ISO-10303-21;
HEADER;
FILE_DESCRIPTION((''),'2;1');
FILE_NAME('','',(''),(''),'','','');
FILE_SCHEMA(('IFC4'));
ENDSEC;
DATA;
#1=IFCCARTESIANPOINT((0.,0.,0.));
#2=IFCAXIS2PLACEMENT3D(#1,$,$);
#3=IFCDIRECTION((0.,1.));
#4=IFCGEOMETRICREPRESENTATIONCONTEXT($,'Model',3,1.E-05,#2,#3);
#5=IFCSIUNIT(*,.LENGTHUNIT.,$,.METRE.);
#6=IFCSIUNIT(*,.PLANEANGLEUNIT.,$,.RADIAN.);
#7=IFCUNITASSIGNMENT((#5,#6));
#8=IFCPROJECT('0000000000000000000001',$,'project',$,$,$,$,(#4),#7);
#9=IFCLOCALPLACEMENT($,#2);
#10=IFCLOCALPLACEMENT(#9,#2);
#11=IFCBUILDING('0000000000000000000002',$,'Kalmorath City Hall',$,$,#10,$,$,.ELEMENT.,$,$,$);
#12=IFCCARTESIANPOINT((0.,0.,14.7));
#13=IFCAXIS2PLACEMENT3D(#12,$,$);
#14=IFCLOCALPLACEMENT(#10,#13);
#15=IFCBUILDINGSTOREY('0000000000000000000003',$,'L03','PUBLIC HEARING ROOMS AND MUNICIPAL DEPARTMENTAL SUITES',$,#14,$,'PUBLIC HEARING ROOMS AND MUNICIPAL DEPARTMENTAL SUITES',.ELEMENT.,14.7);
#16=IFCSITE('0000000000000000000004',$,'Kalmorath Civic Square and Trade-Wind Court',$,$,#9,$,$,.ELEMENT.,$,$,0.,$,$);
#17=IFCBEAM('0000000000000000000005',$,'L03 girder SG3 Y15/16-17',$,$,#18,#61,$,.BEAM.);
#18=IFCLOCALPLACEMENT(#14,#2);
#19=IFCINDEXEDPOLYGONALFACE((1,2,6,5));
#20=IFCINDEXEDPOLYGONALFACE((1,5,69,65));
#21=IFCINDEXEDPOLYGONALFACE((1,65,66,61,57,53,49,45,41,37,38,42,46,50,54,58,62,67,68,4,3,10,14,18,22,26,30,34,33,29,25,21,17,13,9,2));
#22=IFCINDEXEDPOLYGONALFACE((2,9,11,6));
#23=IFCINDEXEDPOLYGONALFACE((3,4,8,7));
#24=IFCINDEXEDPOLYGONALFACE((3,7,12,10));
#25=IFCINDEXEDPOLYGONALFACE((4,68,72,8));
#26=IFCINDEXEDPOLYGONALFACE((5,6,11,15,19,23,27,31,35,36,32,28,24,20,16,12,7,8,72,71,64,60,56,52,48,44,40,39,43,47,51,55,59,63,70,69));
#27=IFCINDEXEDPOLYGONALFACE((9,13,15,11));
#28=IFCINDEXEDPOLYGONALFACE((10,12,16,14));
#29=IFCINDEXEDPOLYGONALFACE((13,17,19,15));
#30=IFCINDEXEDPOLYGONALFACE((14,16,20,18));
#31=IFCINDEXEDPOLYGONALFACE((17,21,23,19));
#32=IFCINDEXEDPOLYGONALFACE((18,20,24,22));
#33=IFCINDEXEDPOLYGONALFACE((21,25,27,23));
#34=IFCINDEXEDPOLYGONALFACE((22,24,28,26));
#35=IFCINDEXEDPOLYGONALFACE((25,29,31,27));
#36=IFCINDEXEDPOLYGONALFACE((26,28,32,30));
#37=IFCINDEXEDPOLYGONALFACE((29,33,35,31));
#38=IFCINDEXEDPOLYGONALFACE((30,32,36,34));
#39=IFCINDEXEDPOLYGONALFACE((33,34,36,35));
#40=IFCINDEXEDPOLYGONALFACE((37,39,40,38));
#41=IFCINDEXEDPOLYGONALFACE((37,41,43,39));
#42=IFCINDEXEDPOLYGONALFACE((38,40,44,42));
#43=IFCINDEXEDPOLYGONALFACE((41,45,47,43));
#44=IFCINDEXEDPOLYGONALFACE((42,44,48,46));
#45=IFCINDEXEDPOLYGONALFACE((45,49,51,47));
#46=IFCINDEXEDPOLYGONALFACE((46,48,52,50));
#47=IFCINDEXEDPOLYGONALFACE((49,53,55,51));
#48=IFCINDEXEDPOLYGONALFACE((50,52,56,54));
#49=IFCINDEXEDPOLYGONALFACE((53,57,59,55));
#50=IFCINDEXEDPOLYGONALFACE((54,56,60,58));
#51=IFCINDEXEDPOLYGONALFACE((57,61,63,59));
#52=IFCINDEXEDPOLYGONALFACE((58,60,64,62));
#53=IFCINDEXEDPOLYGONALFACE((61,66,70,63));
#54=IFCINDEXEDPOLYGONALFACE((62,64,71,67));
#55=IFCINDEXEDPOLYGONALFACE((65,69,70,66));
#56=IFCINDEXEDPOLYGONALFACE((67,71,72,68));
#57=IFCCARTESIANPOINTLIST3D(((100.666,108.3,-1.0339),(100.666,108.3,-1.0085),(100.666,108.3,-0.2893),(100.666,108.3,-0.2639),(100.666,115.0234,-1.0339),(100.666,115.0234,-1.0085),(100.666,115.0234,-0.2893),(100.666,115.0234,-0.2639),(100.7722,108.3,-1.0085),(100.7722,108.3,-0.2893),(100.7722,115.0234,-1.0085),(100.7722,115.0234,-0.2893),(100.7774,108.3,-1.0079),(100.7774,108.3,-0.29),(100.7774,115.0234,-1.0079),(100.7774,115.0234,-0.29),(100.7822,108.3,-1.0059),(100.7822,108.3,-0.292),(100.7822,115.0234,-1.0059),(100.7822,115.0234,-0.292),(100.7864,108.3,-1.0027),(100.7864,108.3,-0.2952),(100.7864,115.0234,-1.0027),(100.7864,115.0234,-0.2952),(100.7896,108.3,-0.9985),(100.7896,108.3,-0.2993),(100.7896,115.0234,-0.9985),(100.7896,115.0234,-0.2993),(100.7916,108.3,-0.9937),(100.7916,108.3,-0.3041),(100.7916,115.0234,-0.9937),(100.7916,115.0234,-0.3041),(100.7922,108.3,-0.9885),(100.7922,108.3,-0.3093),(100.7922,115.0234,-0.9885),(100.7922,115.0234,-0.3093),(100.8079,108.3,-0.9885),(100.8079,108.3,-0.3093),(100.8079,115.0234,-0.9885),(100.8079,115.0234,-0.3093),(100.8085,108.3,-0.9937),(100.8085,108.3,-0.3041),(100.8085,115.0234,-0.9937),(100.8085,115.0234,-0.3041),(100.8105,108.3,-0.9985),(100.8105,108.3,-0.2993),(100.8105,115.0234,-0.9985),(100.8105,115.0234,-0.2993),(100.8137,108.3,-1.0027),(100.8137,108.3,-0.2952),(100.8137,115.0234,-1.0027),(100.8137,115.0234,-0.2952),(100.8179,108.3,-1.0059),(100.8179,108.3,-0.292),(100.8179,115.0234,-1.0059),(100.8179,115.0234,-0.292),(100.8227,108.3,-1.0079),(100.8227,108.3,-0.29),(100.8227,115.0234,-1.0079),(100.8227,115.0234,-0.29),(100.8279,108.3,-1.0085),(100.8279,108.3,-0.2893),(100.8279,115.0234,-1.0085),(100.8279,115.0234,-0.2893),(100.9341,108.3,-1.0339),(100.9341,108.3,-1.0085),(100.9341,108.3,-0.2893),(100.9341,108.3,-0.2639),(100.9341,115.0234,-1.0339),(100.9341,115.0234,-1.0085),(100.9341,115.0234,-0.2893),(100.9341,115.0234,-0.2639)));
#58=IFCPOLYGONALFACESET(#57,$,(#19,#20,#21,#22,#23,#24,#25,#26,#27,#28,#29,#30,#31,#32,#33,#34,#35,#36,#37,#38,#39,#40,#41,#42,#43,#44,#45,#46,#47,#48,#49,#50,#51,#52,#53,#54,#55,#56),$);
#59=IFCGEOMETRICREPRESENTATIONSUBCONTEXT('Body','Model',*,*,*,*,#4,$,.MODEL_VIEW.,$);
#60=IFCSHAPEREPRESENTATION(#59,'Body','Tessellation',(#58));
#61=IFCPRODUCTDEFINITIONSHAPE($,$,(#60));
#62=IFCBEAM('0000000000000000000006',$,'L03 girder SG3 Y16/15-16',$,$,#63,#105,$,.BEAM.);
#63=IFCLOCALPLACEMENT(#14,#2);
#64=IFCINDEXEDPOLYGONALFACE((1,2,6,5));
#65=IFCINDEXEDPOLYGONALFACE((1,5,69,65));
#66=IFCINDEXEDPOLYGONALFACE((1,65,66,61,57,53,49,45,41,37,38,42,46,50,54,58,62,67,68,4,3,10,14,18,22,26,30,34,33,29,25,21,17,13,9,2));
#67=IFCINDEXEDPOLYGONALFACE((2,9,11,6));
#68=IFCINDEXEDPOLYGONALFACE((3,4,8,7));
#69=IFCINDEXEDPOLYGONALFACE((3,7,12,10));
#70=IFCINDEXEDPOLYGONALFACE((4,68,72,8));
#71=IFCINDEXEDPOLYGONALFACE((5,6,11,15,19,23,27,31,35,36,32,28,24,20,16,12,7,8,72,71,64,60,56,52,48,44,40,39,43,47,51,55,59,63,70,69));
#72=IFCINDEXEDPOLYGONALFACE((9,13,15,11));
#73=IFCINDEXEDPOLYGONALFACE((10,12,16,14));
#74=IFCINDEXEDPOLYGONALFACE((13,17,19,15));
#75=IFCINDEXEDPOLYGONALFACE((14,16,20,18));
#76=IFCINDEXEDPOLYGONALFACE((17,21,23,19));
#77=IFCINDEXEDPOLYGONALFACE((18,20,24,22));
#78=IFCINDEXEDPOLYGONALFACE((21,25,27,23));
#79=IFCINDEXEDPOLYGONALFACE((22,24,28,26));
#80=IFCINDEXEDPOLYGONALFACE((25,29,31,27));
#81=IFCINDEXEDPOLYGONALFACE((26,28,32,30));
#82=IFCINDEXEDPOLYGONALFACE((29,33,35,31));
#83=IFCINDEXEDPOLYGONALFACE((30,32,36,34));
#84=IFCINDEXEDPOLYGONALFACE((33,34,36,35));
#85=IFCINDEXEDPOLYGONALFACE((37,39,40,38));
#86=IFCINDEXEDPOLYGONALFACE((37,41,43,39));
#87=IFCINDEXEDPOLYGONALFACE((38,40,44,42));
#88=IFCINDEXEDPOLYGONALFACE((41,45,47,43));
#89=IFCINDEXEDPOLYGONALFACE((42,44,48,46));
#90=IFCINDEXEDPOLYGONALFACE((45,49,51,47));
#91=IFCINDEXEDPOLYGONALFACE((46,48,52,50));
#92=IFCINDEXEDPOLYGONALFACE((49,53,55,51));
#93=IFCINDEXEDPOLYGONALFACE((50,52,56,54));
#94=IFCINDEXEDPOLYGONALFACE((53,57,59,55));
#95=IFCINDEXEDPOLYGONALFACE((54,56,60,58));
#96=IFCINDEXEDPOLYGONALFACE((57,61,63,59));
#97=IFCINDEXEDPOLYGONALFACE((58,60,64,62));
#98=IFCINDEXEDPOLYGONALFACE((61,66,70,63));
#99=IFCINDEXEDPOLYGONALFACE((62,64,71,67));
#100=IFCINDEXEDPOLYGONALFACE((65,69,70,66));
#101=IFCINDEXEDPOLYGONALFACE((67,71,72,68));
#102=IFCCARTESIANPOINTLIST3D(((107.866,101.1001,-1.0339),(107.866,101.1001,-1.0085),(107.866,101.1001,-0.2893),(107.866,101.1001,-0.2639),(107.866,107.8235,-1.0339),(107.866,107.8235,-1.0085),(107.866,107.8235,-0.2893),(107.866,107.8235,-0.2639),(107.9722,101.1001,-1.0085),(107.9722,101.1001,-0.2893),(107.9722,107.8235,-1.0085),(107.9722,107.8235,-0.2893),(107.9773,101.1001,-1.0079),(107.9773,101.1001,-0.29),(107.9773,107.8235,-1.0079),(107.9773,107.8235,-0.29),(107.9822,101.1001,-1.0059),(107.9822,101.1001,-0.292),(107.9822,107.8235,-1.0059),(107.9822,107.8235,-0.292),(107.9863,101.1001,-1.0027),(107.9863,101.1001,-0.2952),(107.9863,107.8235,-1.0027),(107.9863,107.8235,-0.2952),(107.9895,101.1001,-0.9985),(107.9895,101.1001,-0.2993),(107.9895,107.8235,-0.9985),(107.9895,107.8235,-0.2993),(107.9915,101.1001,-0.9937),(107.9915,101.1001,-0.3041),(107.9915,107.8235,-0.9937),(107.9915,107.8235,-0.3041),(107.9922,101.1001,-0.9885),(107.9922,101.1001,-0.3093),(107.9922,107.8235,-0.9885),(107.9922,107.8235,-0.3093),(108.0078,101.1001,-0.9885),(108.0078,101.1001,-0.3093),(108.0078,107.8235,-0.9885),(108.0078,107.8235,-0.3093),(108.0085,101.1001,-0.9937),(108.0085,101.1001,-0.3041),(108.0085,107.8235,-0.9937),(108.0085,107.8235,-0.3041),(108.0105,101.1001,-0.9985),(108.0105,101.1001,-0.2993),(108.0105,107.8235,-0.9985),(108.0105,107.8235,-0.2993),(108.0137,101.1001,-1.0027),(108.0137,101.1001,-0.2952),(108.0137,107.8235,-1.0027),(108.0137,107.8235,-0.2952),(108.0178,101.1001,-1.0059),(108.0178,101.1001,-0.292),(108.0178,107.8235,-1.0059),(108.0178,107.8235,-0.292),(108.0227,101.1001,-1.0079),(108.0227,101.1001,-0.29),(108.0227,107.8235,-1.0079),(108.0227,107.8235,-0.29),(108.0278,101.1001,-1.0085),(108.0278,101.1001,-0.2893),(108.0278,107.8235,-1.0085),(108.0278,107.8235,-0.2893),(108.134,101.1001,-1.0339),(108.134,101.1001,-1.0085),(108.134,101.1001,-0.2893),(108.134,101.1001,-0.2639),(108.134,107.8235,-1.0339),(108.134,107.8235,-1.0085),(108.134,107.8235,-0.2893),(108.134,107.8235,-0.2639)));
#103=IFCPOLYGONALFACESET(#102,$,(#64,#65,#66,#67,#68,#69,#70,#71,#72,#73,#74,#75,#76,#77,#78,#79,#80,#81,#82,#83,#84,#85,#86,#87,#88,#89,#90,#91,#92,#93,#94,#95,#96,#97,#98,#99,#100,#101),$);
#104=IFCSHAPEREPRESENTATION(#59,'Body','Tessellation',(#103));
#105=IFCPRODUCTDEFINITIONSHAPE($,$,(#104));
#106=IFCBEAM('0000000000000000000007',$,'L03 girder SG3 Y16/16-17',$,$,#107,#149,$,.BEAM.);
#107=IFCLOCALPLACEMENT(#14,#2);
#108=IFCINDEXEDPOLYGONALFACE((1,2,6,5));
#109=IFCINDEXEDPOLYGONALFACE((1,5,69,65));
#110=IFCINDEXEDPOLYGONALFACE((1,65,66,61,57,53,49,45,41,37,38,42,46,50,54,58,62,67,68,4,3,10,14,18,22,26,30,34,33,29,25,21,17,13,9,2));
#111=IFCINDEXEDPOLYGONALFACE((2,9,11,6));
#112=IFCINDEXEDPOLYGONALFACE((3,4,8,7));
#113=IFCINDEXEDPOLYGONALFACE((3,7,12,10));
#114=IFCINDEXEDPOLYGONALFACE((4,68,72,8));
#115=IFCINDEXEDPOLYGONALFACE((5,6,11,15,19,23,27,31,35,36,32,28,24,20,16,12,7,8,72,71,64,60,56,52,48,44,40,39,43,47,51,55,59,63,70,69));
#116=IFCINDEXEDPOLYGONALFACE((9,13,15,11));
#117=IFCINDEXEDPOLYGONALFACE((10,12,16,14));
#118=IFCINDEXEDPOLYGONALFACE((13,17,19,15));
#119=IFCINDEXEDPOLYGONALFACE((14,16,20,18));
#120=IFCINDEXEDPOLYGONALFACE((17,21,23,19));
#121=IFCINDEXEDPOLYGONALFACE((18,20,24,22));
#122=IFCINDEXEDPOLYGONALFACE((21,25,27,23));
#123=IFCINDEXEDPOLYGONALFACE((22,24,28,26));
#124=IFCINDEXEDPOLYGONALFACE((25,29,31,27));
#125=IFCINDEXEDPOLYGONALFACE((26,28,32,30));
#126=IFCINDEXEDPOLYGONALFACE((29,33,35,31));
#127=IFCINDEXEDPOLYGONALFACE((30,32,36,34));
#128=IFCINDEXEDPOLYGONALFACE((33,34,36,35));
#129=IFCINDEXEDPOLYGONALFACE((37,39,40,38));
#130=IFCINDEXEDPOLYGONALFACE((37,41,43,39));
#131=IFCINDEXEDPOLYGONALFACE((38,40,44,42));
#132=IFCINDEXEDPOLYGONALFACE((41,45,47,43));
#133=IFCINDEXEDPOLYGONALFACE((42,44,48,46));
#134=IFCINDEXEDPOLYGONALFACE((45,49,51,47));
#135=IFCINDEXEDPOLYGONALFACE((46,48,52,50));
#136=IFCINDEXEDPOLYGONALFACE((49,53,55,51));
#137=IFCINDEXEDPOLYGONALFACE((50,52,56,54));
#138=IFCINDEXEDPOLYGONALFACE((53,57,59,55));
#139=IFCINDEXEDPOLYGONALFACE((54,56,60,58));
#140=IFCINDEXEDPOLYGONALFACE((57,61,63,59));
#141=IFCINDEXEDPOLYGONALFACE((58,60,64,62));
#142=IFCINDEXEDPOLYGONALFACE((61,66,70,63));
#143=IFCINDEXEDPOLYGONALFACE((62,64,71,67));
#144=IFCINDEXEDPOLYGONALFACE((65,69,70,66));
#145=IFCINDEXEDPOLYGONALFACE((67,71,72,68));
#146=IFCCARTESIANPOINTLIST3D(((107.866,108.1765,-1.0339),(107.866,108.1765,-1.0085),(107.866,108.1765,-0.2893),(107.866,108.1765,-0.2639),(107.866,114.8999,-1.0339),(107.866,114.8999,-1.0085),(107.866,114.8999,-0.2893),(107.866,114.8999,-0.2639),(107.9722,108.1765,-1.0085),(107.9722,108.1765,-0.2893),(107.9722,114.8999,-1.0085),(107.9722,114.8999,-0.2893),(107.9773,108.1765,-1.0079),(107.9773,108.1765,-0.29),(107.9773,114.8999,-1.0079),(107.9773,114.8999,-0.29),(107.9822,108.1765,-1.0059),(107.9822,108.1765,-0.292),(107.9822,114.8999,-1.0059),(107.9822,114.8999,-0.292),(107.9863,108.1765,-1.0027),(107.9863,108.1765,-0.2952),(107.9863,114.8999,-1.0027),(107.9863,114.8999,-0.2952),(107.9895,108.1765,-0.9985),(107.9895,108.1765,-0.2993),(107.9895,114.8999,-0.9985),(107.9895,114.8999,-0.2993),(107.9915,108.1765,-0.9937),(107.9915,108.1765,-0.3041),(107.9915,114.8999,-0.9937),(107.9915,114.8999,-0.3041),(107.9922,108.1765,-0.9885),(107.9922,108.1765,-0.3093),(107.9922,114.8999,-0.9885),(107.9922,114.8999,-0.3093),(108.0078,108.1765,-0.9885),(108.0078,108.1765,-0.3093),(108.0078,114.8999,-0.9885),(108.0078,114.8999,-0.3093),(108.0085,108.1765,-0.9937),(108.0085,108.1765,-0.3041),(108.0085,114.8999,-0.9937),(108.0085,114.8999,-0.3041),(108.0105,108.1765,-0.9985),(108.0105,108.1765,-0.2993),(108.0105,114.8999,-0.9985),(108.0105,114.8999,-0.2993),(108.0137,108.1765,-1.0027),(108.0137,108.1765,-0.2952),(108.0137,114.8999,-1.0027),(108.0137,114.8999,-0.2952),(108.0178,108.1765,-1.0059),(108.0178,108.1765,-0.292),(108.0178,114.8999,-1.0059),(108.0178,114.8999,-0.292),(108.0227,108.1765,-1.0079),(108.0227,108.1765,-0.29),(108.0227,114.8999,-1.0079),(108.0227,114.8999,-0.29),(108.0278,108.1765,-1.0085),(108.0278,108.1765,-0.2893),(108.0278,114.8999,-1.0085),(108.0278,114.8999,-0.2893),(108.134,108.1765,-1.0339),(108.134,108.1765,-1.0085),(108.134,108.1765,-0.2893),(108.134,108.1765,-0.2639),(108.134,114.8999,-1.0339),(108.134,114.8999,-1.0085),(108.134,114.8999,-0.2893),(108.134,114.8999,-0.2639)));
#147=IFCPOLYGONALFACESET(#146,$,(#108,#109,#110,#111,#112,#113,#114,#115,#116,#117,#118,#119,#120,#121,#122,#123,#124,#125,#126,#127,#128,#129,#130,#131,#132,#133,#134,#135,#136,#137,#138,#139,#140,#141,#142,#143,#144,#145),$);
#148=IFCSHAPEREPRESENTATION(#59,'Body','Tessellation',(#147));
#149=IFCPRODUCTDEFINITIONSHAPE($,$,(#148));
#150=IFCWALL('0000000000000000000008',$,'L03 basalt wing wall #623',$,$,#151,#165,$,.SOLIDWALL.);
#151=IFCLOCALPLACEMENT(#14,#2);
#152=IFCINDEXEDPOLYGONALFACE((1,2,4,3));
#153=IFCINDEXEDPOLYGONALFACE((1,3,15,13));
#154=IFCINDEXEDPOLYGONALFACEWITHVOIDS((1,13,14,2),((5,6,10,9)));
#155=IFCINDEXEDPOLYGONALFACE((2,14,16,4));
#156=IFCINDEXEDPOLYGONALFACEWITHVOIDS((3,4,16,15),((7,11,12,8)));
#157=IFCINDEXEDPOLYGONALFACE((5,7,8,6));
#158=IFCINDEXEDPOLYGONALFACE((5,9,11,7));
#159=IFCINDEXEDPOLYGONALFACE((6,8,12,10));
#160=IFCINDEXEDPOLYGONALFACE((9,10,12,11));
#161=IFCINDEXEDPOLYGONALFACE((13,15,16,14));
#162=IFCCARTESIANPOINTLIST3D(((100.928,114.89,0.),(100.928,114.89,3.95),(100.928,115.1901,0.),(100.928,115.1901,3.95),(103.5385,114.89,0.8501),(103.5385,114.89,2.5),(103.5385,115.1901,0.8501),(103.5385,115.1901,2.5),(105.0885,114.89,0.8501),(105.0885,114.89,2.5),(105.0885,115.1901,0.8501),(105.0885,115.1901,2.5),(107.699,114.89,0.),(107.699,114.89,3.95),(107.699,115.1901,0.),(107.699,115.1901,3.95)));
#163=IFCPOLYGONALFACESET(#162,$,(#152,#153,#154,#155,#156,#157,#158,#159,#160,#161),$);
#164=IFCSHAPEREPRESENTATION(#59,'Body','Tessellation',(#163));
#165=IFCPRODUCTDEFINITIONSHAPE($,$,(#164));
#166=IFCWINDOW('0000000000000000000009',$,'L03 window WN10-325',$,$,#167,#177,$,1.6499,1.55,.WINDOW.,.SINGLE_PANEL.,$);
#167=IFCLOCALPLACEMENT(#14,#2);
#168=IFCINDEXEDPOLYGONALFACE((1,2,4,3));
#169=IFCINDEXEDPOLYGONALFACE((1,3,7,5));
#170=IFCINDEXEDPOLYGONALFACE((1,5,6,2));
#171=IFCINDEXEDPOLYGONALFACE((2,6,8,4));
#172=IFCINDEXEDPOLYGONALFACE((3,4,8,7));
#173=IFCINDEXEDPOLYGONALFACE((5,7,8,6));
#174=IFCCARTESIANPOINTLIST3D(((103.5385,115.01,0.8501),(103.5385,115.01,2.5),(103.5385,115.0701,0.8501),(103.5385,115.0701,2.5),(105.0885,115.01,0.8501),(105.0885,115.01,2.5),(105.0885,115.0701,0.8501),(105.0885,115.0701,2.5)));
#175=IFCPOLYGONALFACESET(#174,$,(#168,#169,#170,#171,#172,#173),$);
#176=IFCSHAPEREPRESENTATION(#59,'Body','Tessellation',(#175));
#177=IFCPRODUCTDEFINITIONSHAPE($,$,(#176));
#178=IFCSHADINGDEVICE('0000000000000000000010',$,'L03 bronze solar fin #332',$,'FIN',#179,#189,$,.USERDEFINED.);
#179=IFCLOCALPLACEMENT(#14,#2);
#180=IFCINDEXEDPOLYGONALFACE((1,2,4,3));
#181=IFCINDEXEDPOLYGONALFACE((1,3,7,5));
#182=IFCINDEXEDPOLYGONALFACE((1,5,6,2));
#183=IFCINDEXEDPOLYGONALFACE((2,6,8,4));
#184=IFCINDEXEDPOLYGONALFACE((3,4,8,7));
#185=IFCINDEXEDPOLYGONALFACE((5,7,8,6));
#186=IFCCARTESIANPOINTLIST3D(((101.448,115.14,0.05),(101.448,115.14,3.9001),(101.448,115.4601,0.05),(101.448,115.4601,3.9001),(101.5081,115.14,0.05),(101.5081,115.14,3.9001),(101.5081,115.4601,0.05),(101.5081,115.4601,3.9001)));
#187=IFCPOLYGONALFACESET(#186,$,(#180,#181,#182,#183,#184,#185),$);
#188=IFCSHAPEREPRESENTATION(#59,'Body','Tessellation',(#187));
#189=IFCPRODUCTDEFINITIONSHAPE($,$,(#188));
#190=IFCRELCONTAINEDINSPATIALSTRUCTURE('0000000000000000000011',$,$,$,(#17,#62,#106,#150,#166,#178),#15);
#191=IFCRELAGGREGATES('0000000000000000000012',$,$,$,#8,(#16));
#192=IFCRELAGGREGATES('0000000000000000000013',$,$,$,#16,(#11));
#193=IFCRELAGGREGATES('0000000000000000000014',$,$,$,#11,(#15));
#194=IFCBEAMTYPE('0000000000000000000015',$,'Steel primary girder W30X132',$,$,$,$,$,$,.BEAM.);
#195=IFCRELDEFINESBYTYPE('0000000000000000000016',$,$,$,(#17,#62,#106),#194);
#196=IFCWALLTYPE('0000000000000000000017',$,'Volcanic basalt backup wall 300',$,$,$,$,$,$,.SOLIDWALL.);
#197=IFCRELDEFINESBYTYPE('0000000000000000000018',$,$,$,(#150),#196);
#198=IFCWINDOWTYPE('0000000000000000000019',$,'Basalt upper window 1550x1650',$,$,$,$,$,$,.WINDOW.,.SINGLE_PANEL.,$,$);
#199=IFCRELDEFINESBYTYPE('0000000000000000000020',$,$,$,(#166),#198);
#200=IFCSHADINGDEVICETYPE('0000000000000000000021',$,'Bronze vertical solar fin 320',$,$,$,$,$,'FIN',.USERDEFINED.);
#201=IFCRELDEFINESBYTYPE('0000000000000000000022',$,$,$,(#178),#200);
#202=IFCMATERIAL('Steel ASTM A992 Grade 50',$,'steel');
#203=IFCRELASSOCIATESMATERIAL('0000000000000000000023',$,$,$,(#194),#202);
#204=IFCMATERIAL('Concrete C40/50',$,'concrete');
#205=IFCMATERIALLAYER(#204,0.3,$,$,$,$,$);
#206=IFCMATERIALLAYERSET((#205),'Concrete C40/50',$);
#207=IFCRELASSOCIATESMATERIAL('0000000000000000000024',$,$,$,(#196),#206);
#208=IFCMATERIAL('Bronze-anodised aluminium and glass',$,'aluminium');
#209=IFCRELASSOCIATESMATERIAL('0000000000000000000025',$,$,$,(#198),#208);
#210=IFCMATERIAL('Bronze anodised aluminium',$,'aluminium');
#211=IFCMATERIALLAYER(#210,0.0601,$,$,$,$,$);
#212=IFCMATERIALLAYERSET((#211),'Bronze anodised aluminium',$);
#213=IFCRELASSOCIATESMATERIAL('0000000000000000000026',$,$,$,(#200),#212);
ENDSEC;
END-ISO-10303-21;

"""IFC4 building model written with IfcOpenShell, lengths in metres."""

from ifc_helpers import new_model, si_unit, direction, frame, frame_2d, origin, origin_2d, place, context, subcontext, project, spatial, rectangle, i_section, extrude, material, layer, layer_set, material_profile, profile_set, type_object, element, fill, save


model = new_model("IFC4")

# Units and contexts
model_context = context("Model", 3, precision=1e-05, world=origin(), true_north=direction((0.0, 1.0)))
body_context = subcontext(model_context, "Body", "Model", "MODEL_VIEW")
ifc_project = project(units=[si_unit("LENGTHUNIT", "METRE"), si_unit("PLANEANGLEUNIT", "RADIAN")], contexts=[model_context])

# Site, building, storey
site_placement = place(None, origin())
site = spatial("IfcSite", under=ifc_project, at=site_placement, Name="Kalmorath Civic Square and Trade-Wind Court", CompositionType="ELEMENT", RefElevation=0.0)
building_placement = place(site_placement, origin())
building = spatial("IfcBuilding", under=site, at=building_placement, Name="Kalmorath City Hall", CompositionType="ELEMENT")
storey_placement = place(building_placement, frame((0.0, 0.0, 14.7)))
storey = spatial("IfcBuildingStorey", under=building, at=storey_placement, Name="L03", Description="PUBLIC HEARING ROOMS AND MUNICIPAL DEPARTMENTAL SUITES", LongName="PUBLIC HEARING ROOMS AND MUNICIPAL DEPARTMENTAL SUITES", CompositionType="ELEMENT", Elevation=14.7)

# Beams
ifc_material_1 = material(Name="Steel ASTM A992 Grade 50", Category="steel")
ifc_material_profile_1 = material_profile(ifc_material_1, i_section(OverallWidth=0.2681, OverallDepth=0.77, WebThickness=0.0156, FlangeThickness=0.0254, FilletRadius=0.02, at=origin_2d()), Name="W30X132")
ifc_profile_set_1 = profile_set([ifc_material_profile_1], Name="Steel ASTM A992 Grade 50")
beam_type_1 = type_object("IfcBeamType", Name="Steel primary girder W30X132", PredefinedType="BEAM", material=ifc_profile_set_1)
for number, where, z_axis, x_axis, name in (
    (1, (100.8, 108.3, -0.6489), (0.0, 1.0, 0.0), (-1.0, 0.0, 0.0), "L03 girder SG3 Y15/16-17"),
    (2, (108.0, 101.1001, -0.6489), (0.0, 1.0, 0.0), (-1.0, 0.0, 0.0), "L03 girder SG3 Y16/15-16"),
    (3, (108.0, 108.1765, -0.6489), (0.0, 1.0, 0.0), (-1.0, 0.0, 0.0), "L03 girder SG3 Y16/16-17"),
):
    element("IfcBeam", number, at=place(storey_placement, frame(where, z_axis=z_axis, x_axis=x_axis)), inside=storey, type_object=beam_type_1, Name=name, PredefinedType="BEAM", context=body_context, shape_type="SweptSolid", body=[
        extrude(i_section(OverallWidth=0.2681, OverallDepth=0.77, WebThickness=0.0156, FlangeThickness=0.0254, FilletRadius=0.02, at=origin_2d()), origin(), (0.0, 0.0, 1.0), 6.7234),
    ])

# Wall, opening, window
ifc_material_2 = material(Name="Concrete C40/50", Category="concrete")
ifc_layer_1 = layer(ifc_material_2, 0.3)
ifc_layer_set_1 = layer_set([ifc_layer_1], Name="Concrete C40/50")
wall_type = type_object("IfcWallType", Name="Volcanic basalt backup wall 300", PredefinedType="SOLIDWALL", material=ifc_layer_set_1)
wall_placement = place(storey_placement, frame((100.928, 115.04, 0.0), z_axis=(0.0, 0.0, 1.0), x_axis=(1.0, 0.0, 0.0)))
wall = element("IfcWall", 4, at=wall_placement, inside=storey, type_object=wall_type, Name="L03 basalt wing wall #623", PredefinedType="SOLIDWALL", context=body_context, shape_type="SweptSolid", body=[
    extrude(rectangle(XDim=6.771, YDim=0.3, at=frame_2d((3.3855, 0.0))), origin(), (0.0, 0.0, 1.0), 3.95),
])
opening_placement = place(wall_placement, frame((2.6106, 0.0, 0.8501)))
opening = element("IfcOpeningElement", 5, at=opening_placement, cuts=wall, PredefinedType="OPENING", context=body_context, shape_type="SweptSolid", body=[
    extrude(rectangle(XDim=1.55, YDim=1.6499, at=frame_2d((0.7749, 0.825))), frame((0.0, 0.1599, 0.0), z_axis=(0.0, -1.0, 0.0), x_axis=(1.0, 0.0, 0.0)), (0.0, 0.0, 1.0), 0.3201),
])
ifc_material_3 = material(Name="Bronze-anodised aluminium and glass", Category="aluminium")
window_type = type_object("IfcWindowType", Name="Basalt upper window 1550x1650", PartitioningType="SINGLE_PANEL", PredefinedType="WINDOW", material=ifc_material_3)
window_placement = place(opening_placement, origin())
window = element("IfcWindow", 6, at=window_placement, inside=storey, type_object=window_type, Name="L03 window WN10-325", OverallHeight=1.6499, OverallWidth=1.55, PartitioningType="SINGLE_PANEL", PredefinedType="WINDOW", context=body_context, shape_type="SweptSolid", body=[
    extrude(rectangle(XDim=1.55, YDim=1.6499, at=frame_2d((0.7749, 0.825))), frame((0.0, 0.03, 0.0), z_axis=(0.0, -1.0, 0.0), x_axis=(1.0, 0.0, 0.0)), (0.0, 0.0, 1.0), 0.0601),
])
fill(opening, window)

# Shading device
ifc_material_4 = material(Name="Bronze anodised aluminium", Category="aluminium")
ifc_layer_2 = layer(ifc_material_4, 0.0601)
ifc_layer_set_2 = layer_set([ifc_layer_2], Name="Bronze anodised aluminium")
shading_device_type = type_object("IfcShadingDeviceType", Name="Bronze vertical solar fin 320", ElementType="FIN", PredefinedType="USERDEFINED", material=ifc_layer_set_2)
shading_device_placement = place(storey_placement, frame((101.478, 115.3, 0.05), z_axis=(0.0, 0.0, 1.0), x_axis=(1.0, 0.0, 0.0)))
element("IfcShadingDevice", 7, at=shading_device_placement, inside=storey, type_object=shading_device_type, Name="L03 bronze solar fin #332", ObjectType="FIN", PredefinedType="USERDEFINED", context=body_context, shape_type="SweptSolid", body=[
    extrude(rectangle(XDim=0.0601, YDim=0.3201, at=origin_2d()), origin(), (0.0, 0.0, 1.0), 3.8501),
])

save(model, "model.ifc")
